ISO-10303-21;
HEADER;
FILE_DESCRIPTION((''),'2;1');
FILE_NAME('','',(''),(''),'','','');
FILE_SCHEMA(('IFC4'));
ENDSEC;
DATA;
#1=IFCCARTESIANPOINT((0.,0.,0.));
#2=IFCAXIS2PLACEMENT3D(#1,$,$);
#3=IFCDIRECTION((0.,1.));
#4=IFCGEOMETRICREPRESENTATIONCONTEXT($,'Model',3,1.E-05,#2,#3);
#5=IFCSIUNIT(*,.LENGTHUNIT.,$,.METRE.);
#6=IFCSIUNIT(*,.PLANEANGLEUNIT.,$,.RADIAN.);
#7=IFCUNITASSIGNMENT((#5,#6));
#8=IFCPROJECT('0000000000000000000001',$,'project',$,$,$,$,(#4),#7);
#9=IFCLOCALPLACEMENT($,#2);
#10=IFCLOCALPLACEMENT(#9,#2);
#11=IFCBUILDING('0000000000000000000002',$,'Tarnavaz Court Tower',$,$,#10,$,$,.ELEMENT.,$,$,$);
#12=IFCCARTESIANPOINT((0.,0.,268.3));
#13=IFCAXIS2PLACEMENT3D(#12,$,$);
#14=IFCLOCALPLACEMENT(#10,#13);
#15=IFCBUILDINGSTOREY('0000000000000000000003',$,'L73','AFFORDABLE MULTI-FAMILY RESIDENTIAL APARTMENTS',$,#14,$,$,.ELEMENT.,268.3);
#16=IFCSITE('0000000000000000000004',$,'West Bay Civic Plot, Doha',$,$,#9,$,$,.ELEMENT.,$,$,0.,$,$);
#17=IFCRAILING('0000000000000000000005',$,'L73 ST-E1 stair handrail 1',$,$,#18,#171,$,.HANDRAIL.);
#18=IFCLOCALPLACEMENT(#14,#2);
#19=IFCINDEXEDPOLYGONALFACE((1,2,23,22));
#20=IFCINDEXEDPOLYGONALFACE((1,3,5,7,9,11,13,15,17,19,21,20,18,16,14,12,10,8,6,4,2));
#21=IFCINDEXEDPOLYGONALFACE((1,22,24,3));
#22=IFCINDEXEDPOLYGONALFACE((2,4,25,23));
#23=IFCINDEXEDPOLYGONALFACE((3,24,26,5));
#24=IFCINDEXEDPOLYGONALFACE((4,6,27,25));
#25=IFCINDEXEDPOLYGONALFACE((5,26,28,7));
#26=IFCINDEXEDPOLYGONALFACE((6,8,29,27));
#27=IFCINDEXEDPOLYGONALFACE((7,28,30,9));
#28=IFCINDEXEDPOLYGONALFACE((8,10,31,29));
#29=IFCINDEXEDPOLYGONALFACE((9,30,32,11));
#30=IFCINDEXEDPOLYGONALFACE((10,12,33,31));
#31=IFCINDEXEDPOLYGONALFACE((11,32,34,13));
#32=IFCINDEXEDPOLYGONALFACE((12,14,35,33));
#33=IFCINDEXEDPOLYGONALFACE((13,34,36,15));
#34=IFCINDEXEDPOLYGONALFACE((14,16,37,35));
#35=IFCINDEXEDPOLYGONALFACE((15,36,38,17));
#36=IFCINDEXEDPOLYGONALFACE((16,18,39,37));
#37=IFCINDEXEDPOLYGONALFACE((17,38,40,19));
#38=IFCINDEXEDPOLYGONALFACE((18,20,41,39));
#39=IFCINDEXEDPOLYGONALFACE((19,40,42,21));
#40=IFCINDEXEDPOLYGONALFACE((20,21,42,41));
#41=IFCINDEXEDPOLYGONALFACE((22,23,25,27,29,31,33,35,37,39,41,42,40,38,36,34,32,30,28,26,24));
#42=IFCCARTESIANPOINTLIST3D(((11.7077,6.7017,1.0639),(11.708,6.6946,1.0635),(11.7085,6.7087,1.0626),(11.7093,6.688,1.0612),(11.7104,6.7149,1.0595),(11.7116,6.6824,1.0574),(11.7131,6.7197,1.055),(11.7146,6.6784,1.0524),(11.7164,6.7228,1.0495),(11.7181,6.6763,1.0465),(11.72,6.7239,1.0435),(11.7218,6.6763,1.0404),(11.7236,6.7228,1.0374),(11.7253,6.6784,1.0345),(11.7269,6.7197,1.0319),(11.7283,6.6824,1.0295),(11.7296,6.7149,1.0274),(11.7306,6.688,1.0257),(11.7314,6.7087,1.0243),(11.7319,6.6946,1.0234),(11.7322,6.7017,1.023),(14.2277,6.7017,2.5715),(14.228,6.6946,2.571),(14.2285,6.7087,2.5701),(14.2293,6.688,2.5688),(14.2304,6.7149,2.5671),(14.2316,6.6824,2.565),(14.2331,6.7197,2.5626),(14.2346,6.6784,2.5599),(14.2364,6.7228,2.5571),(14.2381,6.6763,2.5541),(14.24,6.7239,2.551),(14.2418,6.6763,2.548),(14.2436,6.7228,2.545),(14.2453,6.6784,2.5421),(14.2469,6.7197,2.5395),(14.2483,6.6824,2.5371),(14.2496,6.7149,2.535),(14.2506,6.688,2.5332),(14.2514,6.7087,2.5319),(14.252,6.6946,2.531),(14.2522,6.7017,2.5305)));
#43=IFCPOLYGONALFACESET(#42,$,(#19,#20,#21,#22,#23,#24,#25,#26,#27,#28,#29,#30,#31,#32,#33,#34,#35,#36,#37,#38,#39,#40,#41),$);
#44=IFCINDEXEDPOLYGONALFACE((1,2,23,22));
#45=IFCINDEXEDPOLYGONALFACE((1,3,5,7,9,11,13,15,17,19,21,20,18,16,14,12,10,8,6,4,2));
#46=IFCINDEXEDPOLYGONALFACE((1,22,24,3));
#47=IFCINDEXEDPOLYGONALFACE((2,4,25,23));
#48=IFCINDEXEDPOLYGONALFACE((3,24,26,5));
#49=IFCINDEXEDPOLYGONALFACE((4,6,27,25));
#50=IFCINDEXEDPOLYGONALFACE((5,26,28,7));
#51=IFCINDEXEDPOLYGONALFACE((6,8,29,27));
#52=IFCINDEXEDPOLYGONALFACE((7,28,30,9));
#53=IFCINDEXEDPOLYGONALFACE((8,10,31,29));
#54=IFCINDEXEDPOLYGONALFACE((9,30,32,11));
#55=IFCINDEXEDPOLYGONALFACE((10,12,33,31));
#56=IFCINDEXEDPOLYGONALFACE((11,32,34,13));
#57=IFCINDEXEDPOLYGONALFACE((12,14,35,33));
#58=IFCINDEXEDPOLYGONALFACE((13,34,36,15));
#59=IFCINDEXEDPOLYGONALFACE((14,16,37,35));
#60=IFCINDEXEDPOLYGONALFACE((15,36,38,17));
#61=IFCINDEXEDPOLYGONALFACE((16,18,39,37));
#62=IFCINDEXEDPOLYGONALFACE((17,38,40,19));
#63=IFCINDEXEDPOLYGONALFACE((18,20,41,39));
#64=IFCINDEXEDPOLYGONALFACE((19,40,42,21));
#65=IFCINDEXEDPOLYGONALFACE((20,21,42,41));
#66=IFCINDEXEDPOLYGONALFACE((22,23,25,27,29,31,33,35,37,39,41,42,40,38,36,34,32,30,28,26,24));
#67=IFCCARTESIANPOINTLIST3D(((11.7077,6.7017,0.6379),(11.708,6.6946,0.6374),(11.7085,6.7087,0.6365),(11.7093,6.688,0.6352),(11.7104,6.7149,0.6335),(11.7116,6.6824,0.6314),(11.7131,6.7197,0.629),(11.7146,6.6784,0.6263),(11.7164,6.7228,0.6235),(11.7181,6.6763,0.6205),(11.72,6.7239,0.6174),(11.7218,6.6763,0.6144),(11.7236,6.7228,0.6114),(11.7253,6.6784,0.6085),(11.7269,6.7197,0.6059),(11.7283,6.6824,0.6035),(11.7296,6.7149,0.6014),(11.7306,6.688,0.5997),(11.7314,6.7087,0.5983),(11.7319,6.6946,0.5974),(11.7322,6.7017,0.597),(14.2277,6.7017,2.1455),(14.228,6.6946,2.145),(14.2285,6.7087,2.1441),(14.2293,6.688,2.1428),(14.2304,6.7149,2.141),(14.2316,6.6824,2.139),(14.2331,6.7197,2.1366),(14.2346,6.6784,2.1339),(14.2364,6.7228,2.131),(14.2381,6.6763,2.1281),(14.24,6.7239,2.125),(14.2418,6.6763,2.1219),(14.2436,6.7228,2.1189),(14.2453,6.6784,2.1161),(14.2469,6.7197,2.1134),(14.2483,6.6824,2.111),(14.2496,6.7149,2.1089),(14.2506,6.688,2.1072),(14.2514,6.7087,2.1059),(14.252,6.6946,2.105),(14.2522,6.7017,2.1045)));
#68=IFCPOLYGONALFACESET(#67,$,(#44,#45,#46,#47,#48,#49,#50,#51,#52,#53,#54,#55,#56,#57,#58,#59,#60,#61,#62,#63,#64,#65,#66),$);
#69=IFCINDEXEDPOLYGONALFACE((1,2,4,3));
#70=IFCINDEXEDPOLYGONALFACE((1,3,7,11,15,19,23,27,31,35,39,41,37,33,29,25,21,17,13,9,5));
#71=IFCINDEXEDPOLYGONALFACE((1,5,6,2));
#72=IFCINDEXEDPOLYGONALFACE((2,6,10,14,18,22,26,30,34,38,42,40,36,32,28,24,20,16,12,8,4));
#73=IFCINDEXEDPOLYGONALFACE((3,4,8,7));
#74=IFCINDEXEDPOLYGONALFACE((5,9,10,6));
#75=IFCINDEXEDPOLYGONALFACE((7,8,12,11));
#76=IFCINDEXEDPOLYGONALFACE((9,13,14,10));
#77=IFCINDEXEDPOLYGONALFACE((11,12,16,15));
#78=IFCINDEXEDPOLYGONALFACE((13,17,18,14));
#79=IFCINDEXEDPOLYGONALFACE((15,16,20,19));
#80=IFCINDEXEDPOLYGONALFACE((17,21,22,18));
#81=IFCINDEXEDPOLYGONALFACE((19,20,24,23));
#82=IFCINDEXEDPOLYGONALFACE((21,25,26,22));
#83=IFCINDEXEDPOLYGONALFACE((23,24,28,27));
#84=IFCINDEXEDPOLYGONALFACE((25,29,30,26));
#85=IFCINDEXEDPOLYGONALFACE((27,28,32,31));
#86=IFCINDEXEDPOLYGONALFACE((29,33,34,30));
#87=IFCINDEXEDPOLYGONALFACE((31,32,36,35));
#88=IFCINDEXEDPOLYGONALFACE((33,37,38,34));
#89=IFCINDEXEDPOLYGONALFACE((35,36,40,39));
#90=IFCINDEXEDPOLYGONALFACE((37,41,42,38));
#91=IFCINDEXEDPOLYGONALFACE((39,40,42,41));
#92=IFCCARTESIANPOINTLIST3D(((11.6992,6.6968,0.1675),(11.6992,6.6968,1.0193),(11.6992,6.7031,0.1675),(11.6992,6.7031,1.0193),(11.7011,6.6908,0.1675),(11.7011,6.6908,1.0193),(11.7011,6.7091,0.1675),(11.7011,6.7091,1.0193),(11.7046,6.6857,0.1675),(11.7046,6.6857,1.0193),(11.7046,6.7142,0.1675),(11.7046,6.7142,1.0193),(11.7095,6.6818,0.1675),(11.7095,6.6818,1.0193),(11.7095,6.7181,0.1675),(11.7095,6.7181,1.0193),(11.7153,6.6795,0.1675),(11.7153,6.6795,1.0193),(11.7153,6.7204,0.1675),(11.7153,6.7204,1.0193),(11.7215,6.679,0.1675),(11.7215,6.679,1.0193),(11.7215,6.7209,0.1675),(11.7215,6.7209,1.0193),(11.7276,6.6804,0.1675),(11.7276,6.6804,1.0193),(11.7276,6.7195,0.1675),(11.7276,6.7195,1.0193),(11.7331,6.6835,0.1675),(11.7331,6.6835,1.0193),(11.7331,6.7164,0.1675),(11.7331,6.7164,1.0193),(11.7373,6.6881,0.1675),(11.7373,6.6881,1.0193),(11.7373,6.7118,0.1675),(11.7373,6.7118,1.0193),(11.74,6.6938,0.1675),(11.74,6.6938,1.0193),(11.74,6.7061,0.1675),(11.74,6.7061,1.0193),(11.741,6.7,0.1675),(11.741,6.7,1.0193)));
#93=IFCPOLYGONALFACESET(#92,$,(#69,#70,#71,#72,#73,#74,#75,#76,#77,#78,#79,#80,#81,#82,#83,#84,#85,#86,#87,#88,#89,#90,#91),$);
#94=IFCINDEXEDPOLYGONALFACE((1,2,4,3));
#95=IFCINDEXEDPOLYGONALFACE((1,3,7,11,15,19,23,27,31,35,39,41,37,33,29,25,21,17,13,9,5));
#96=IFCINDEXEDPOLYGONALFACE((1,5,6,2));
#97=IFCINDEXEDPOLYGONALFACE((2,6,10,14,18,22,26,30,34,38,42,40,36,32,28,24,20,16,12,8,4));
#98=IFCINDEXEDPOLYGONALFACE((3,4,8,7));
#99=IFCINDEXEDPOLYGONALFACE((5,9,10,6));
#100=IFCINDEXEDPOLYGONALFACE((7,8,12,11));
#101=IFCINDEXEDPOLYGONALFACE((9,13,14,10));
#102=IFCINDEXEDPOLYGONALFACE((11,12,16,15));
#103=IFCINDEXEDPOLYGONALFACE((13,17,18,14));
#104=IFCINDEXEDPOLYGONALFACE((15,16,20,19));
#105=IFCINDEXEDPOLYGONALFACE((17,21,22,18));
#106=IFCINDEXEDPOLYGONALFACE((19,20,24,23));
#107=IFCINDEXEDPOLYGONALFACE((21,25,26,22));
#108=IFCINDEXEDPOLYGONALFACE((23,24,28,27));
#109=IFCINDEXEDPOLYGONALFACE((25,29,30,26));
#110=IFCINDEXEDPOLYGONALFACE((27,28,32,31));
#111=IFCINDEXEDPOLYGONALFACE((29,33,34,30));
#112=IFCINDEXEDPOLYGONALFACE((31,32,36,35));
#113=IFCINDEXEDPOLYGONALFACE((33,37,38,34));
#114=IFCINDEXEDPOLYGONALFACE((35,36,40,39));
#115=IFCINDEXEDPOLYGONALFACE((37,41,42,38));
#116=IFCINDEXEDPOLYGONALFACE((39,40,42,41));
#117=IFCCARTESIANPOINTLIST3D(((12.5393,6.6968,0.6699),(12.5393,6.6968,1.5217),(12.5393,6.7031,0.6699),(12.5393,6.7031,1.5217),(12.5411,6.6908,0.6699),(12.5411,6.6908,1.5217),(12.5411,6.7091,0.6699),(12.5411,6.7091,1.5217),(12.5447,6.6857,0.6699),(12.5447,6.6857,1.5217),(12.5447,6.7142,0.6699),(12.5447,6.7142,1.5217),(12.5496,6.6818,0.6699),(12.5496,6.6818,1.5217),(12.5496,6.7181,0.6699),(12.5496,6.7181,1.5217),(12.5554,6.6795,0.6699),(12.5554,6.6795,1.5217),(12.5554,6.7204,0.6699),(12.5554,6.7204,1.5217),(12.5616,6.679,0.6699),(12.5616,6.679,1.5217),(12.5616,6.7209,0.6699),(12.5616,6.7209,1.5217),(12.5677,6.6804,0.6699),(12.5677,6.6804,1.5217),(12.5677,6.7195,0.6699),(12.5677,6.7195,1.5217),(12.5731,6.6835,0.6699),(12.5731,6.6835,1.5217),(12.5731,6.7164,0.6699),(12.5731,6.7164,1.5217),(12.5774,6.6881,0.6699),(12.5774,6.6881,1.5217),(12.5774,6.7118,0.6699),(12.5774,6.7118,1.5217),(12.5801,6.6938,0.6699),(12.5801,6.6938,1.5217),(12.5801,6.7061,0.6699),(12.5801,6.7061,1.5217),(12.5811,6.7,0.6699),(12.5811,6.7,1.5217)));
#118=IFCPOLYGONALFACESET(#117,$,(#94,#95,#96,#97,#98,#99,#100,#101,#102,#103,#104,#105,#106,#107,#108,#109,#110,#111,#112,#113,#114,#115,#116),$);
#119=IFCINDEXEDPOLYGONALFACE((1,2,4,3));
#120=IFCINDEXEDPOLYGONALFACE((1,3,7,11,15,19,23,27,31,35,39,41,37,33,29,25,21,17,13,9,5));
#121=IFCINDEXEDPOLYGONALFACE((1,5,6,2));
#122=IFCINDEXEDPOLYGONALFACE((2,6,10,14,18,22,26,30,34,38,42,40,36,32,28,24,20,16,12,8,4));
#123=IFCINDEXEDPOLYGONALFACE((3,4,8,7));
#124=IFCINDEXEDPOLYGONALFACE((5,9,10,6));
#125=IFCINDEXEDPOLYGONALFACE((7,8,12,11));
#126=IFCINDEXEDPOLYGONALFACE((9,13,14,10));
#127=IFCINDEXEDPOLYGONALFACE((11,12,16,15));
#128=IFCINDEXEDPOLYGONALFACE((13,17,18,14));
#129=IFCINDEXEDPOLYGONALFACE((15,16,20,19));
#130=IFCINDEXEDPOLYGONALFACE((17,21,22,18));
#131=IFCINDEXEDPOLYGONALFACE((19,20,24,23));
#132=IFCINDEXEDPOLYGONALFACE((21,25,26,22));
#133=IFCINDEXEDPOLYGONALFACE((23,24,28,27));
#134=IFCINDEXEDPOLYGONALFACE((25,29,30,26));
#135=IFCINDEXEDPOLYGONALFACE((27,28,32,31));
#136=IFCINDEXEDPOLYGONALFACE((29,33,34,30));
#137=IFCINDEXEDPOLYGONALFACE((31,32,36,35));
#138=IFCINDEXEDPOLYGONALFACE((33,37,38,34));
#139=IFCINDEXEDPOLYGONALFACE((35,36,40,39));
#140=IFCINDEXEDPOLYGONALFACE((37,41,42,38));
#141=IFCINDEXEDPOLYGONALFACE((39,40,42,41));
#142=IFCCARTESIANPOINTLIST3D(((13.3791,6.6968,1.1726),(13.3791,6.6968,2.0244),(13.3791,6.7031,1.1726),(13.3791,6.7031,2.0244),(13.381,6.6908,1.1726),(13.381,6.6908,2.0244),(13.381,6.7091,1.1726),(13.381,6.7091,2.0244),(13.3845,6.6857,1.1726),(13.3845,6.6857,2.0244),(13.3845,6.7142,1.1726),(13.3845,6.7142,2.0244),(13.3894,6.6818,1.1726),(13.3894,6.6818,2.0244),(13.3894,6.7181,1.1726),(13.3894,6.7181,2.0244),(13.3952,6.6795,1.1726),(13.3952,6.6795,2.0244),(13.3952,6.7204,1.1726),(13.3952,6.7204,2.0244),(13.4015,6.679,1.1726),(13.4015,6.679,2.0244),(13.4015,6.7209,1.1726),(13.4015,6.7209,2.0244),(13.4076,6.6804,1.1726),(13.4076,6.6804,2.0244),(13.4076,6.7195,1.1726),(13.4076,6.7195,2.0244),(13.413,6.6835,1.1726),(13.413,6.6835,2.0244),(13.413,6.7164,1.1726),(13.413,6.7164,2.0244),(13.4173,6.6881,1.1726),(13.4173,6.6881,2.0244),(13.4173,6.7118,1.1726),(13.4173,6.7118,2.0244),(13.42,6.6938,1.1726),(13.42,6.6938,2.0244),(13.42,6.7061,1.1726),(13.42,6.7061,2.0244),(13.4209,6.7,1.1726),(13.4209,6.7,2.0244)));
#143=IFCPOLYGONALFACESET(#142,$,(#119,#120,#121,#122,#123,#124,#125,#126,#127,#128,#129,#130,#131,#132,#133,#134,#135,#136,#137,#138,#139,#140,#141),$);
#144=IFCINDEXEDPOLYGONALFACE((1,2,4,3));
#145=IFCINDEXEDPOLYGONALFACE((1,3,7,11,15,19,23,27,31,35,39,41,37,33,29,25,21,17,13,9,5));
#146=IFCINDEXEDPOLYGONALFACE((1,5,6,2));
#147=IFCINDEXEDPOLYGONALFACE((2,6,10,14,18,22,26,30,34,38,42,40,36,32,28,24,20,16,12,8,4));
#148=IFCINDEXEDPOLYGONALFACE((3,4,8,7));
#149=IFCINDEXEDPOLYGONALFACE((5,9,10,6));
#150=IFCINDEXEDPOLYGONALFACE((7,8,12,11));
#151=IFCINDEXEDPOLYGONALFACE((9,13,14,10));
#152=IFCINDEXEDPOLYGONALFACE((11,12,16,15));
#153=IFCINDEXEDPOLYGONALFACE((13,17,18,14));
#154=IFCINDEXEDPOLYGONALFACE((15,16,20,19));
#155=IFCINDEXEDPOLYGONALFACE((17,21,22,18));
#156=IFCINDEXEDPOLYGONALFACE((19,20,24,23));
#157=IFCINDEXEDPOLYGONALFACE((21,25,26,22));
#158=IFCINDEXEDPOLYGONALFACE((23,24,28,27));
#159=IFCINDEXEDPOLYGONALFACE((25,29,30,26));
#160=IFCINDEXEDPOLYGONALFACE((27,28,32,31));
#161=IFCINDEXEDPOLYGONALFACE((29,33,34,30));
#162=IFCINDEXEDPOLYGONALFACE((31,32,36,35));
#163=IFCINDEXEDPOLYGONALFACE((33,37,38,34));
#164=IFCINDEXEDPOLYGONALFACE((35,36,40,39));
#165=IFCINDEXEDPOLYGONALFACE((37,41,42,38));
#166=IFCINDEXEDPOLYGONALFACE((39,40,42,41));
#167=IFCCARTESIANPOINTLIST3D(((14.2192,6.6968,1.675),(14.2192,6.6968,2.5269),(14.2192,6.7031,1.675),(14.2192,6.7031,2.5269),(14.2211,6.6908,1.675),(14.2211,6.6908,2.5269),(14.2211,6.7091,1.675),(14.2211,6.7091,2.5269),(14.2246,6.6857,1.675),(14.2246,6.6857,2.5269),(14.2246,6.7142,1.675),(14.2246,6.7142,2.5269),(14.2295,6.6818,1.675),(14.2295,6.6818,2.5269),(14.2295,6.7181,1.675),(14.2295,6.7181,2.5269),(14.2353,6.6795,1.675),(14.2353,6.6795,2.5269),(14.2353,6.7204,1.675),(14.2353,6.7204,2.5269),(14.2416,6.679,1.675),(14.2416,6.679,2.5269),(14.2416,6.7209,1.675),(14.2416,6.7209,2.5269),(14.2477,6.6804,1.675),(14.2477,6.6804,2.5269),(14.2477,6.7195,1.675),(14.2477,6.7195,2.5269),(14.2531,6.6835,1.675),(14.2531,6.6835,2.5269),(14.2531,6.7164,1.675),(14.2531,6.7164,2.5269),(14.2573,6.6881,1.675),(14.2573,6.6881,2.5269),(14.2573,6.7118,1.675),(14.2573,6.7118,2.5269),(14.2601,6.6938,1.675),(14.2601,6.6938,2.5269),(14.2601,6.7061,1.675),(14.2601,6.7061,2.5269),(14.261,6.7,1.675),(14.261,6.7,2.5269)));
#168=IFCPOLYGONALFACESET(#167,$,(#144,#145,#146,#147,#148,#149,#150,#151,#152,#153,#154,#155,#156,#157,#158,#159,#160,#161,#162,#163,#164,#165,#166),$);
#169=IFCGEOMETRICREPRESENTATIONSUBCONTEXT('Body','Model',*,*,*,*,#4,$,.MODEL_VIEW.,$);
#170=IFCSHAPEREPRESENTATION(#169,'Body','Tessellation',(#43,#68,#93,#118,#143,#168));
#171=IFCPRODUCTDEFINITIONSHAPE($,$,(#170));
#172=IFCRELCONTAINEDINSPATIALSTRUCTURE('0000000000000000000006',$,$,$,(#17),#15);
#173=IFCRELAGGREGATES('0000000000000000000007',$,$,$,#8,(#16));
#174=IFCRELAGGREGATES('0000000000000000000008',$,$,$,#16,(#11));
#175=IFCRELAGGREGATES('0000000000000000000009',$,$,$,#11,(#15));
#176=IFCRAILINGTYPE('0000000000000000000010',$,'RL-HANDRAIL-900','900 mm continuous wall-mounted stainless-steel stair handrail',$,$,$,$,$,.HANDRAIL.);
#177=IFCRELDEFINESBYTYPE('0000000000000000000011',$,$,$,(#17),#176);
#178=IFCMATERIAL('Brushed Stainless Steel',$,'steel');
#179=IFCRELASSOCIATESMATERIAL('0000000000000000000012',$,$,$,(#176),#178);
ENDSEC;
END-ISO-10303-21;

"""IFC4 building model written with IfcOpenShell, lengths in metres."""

from ifc_helpers import new_model, si_unit, direction, frame, origin, origin_2d, place, context, subcontext, project, spatial, circle, extrude, material, type_object, element, save


model = new_model("IFC4")

# Units and contexts
model_context = context("Model", 3, precision=1e-05, world=origin(), true_north=direction((0.0, 1.0)))
body_context = subcontext(model_context, "Body", "Model", "MODEL_VIEW")
ifc_project = project(units=[si_unit("LENGTHUNIT", "METRE"), si_unit("PLANEANGLEUNIT", "RADIAN")], contexts=[model_context])

# Site, building, storey
site_placement = place(None, origin())
site = spatial("IfcSite", under=ifc_project, at=site_placement, Name="West Bay Civic Plot, Doha", CompositionType="ELEMENT", RefElevation=0.0)
building_placement = place(site_placement, origin())
building = spatial("IfcBuilding", under=site, at=building_placement, Name="Tarnavaz Court Tower", CompositionType="ELEMENT")
storey_placement = place(building_placement, frame((0.0, 0.0, 268.3)))
storey = spatial("IfcBuildingStorey", under=building, at=storey_placement, Name="L73", Description="AFFORDABLE MULTI-FAMILY RESIDENTIAL APARTMENTS", CompositionType="ELEMENT", Elevation=268.3)

# Railing
ifc_material_1 = material(Name="Brushed Stainless Steel", Category="steel")
railing_type_1 = type_object("IfcRailingType", Name="RL-HANDRAIL-900", Description="900 mm continuous wall-mounted stainless-steel stair handrail", PredefinedType="HANDRAIL", material=ifc_material_1)
railing_1_placement = place(storey_placement, frame((11.72, 6.7, 0.1675)))
element("IfcRailing", 1, at=railing_1_placement, inside=storey, type_object=railing_type_1, Name="L73 ST-E1 stair handrail 1", PredefinedType="HANDRAIL", context=body_context, shape_type="SweptSolid", body=[
    extrude(circle(Radius=0.0239, at=origin_2d()), frame((0.0, 0.0, 0.876), z_axis=(0.85816, 0.0, 0.513383), x_axis=(0.0, 1.0, 0.0)), (0.0, 0.0, 1.0), 2.9365),
    extrude(circle(Radius=0.0239, at=origin_2d()), frame((0.0, 0.0, 0.45), z_axis=(0.85816, 0.0, 0.513383), x_axis=(0.0, 1.0, 0.0)), (0.0, 0.0, 1.0), 2.9365),
    extrude(circle(Radius=0.021, at=origin_2d()), origin(), (0.0, 0.0, 1.0), 0.8518),
    extrude(circle(Radius=0.021, at=origin_2d()), frame((0.8401, 0.0, 0.5024)), (0.0, 0.0, 1.0), 0.8518),
    extrude(circle(Radius=0.021, at=origin_2d()), frame((1.6799, 0.0, 1.0051)), (0.0, 0.0, 1.0), 0.8518),
    extrude(circle(Radius=0.021, at=origin_2d()), frame((2.52, 0.0, 1.5076)), (0.0, 0.0, 1.0), 0.8518),
])

save(model, "model.ifc")
